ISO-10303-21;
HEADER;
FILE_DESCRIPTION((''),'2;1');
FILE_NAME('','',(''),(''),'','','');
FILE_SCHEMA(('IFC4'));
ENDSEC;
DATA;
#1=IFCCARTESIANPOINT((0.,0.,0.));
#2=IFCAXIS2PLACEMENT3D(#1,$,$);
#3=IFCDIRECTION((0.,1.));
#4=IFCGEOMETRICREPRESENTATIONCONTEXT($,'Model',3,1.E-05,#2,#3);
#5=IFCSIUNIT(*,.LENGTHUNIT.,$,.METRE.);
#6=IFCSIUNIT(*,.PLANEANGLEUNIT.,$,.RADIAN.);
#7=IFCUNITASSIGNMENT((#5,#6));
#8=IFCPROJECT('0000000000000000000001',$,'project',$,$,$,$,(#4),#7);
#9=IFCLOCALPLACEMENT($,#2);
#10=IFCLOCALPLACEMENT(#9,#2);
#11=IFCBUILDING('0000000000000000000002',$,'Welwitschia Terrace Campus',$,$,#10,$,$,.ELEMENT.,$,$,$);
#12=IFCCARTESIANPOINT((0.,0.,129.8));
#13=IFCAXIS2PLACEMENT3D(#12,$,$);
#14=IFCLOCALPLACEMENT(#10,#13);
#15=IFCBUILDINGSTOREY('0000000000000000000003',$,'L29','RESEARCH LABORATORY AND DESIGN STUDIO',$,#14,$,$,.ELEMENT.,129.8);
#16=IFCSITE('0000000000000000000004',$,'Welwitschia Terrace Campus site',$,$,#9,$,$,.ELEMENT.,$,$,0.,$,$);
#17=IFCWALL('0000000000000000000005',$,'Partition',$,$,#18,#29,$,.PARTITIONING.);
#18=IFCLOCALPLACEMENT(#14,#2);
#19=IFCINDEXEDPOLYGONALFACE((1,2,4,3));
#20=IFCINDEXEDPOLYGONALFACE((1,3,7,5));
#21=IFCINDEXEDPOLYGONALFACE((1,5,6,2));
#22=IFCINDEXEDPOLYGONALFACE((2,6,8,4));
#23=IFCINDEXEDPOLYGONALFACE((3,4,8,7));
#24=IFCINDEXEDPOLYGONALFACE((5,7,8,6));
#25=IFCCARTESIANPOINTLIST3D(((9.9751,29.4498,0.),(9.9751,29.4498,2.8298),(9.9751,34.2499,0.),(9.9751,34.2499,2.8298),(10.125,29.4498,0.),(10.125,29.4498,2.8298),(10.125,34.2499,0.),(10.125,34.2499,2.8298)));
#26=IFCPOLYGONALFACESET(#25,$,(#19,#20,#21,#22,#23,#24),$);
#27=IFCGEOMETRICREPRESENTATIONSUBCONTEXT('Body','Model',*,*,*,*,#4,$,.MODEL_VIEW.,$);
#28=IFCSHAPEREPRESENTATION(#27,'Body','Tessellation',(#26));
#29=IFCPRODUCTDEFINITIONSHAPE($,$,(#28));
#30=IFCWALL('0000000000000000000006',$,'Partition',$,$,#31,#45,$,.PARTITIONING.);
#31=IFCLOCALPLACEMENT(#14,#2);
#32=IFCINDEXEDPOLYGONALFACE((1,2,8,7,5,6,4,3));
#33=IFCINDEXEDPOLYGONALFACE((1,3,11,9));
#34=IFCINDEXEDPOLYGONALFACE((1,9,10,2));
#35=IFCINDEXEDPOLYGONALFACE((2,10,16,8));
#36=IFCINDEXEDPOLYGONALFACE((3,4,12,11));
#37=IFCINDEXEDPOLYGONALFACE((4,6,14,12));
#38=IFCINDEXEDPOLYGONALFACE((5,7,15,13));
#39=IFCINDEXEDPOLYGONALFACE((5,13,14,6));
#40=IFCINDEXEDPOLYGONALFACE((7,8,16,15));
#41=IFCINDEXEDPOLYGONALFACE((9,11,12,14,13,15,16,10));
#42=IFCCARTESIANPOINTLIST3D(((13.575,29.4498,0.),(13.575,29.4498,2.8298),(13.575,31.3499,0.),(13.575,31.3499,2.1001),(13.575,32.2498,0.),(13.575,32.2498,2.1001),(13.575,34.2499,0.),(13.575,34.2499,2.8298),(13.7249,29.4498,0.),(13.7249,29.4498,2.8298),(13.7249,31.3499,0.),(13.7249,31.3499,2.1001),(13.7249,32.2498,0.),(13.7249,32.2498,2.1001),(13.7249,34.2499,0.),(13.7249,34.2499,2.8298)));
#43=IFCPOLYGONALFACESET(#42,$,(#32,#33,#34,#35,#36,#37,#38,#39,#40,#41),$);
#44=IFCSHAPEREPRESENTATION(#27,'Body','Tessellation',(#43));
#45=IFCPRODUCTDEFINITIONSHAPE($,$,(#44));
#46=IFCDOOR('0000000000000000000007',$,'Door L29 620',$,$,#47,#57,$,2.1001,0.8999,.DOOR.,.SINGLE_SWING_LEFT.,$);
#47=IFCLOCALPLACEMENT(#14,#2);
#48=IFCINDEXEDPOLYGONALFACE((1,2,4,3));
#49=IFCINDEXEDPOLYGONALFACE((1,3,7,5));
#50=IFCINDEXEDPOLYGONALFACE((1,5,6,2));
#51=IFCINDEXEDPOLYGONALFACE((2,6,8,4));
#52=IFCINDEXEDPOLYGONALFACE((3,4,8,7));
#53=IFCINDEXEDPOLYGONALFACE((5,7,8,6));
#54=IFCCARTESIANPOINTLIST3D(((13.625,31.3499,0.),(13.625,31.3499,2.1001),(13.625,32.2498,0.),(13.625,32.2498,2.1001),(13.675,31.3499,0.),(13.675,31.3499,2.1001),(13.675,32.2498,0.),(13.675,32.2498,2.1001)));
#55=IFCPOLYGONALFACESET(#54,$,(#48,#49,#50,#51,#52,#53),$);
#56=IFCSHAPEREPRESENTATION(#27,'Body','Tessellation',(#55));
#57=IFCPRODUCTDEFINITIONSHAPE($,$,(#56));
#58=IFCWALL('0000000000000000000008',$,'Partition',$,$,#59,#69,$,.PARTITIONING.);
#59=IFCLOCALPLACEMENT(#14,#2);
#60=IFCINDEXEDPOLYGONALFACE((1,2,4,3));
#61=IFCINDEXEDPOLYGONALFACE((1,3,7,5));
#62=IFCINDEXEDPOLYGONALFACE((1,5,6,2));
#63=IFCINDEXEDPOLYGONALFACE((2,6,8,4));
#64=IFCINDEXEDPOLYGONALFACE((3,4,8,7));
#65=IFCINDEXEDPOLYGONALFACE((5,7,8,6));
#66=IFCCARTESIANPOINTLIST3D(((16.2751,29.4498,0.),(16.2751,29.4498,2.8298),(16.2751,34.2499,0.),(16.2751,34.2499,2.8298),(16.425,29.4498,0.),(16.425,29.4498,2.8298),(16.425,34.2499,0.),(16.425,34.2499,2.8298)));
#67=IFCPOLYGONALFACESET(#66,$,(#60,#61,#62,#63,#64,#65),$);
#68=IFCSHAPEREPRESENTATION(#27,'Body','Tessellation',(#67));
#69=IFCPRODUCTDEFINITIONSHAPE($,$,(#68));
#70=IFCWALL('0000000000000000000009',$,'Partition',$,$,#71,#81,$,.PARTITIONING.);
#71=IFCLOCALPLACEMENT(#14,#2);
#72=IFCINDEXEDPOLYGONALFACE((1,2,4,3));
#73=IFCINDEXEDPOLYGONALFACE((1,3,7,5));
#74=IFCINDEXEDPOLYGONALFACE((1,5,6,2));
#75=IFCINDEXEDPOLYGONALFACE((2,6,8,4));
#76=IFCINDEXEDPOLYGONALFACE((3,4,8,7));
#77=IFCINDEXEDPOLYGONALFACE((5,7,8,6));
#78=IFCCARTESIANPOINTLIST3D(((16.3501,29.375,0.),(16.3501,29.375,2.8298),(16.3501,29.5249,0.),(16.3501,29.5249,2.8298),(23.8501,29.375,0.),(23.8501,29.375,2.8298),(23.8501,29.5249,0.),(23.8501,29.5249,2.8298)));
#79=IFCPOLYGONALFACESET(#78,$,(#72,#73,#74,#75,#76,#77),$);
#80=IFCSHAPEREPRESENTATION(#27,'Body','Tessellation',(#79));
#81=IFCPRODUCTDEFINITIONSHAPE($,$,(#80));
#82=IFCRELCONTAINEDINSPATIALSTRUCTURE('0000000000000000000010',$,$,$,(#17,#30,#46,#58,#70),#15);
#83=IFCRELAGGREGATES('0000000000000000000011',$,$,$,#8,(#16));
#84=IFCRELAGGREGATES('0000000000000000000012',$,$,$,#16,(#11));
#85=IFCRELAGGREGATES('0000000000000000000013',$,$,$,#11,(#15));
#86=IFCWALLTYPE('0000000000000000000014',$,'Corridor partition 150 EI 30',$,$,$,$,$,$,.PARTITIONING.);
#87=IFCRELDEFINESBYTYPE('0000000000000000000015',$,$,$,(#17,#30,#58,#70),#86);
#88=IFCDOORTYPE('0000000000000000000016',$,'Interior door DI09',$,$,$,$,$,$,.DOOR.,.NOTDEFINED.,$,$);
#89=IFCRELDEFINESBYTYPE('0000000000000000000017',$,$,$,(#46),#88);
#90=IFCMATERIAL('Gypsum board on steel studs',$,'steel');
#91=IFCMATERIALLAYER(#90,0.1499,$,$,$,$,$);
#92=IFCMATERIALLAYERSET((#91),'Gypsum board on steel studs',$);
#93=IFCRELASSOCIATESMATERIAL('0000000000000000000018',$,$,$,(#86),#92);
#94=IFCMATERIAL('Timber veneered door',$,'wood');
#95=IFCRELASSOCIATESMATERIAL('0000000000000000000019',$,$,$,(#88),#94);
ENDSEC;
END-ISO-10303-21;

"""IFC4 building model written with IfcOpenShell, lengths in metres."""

from ifc_helpers import new_model, si_unit, direction, frame, frame_2d, origin, place, context, subcontext, project, spatial, rectangle, extrude, material, layer, layer_set, type_object, element, fill, save


model = new_model("IFC4")

# Units and contexts
model_context = context("Model", 3, precision=1e-05, world=origin(), true_north=direction((0.0, 1.0)))
body_context = subcontext(model_context, "Body", "Model", "MODEL_VIEW")
ifc_project = project(units=[si_unit("LENGTHUNIT", "METRE"), si_unit("PLANEANGLEUNIT", "RADIAN")], contexts=[model_context])

# Site, building, storey
site_placement = place(None, origin())
site = spatial("IfcSite", under=ifc_project, at=site_placement, Name="Welwitschia Terrace Campus site", CompositionType="ELEMENT", RefElevation=0.0)
building_placement = place(site_placement, origin())
building = spatial("IfcBuilding", under=site, at=building_placement, Name="Welwitschia Terrace Campus", CompositionType="ELEMENT")
storey_placement = place(building_placement, frame((0.0, 0.0, 129.8)))
storey = spatial("IfcBuildingStorey", under=building, at=storey_placement, Name="L29", Description="RESEARCH LABORATORY AND DESIGN STUDIO", CompositionType="ELEMENT", Elevation=129.8)

# Shared definitions
ifc_material_1 = material(Name="Gypsum board on steel studs", Category="steel")
ifc_layer_1 = layer(ifc_material_1, 0.1499)
ifc_layer_set_1 = layer_set([ifc_layer_1], Name="Gypsum board on steel studs")
wall_type = type_object("IfcWallType", Name="Corridor partition 150 EI 30", PredefinedType="PARTITIONING", material=ifc_layer_set_1)

# Shared definitions
ifc_material_2 = material(Name="Timber veneered door", Category="wood")
door_type = type_object("IfcDoorType", Name="Interior door DI09", OperationType="NOTDEFINED", PredefinedType="DOOR", material=ifc_material_2)

# Wall
wall_1_placement = place(storey_placement, frame((10.05, 29.45, 0.0), z_axis=(0.0, 0.0, 1.0), x_axis=(0.0, 1.0, 0.0)))
element("IfcWall", 1, at=wall_1_placement, inside=storey, type_object=wall_type, Name="Partition", PredefinedType="PARTITIONING", context=body_context, shape_type="SweptSolid", body=[
    extrude(rectangle(XDim=4.8, YDim=0.1499, at=frame_2d((2.3999, 0.0))), origin(), (0.0, 0.0, 1.0), 2.8298),
])

# Wall, opening, door
wall_2_placement = place(storey_placement, frame((13.6499, 29.45, 0.0), z_axis=(0.0, 0.0, 1.0), x_axis=(0.0, 1.0, 0.0)))
wall_2 = element("IfcWall", 2, at=wall_2_placement, inside=storey, type_object=wall_type, Name="Partition", PredefinedType="PARTITIONING", context=body_context, shape_type="SweptSolid", body=[
    extrude(rectangle(XDim=4.8, YDim=0.1499, at=frame_2d((2.3999, 0.0))), origin(), (0.0, 0.0, 1.0), 2.8298),
])
opening_1_placement = place(wall_2_placement, frame((1.8999, 0.0, 0.0)))
opening_1 = element("IfcOpeningElement", 3, at=opening_1_placement, cuts=wall_2, PredefinedType="OPENING", context=body_context, shape_type="SweptSolid", body=[
    extrude(rectangle(XDim=0.8999, YDim=2.1001, at=frame_2d((0.45, 1.05))), frame((0.0, 0.085, 0.0), z_axis=(0.0, -1.0, 0.0), x_axis=(1.0, 0.0, 0.0)), (0.0, 0.0, 1.0), 0.1699),
])
door_1_placement = place(opening_1_placement, origin())
door_1 = element("IfcDoor", 4, at=door_1_placement, inside=storey, type_object=door_type, Name="Door L29 620", OperationType="SINGLE_SWING_LEFT", OverallHeight=2.1001, OverallWidth=0.8999, PredefinedType="DOOR", context=body_context, shape_type="SweptSolid", body=[
    extrude(rectangle(XDim=0.8999, YDim=2.1001, at=frame_2d((0.45, 1.05))), frame((0.0, 0.0249, 0.0), z_axis=(0.0, -1.0, 0.0), x_axis=(1.0, 0.0, 0.0)), (0.0, 0.0, 1.0), 0.05),
])
fill(opening_1, door_1)

# Walls
wall_3_placement = place(storey_placement, frame((16.3501, 29.45, 0.0), z_axis=(0.0, 0.0, 1.0), x_axis=(0.0, 1.0, 0.0)))
element("IfcWall", 5, at=wall_3_placement, inside=storey, type_object=wall_type, Name="Partition", PredefinedType="PARTITIONING", context=body_context, shape_type="SweptSolid", body=[
    extrude(rectangle(XDim=4.8, YDim=0.1499, at=frame_2d((2.3999, 0.0))), origin(), (0.0, 0.0, 1.0), 2.8298),
])
wall_4_placement = place(storey_placement, frame((16.3501, 29.45, 0.0), z_axis=(0.0, 0.0, 1.0), x_axis=(1.0, 0.0, 0.0)))
element("IfcWall", 6, at=wall_4_placement, inside=storey, type_object=wall_type, Name="Partition", PredefinedType="PARTITIONING", context=body_context, shape_type="SweptSolid", body=[
    extrude(rectangle(XDim=7.5, YDim=0.1499, at=frame_2d((3.75, 0.0))), origin(), (0.0, 0.0, 1.0), 2.8298),
])

save(model, "model.ifc")
